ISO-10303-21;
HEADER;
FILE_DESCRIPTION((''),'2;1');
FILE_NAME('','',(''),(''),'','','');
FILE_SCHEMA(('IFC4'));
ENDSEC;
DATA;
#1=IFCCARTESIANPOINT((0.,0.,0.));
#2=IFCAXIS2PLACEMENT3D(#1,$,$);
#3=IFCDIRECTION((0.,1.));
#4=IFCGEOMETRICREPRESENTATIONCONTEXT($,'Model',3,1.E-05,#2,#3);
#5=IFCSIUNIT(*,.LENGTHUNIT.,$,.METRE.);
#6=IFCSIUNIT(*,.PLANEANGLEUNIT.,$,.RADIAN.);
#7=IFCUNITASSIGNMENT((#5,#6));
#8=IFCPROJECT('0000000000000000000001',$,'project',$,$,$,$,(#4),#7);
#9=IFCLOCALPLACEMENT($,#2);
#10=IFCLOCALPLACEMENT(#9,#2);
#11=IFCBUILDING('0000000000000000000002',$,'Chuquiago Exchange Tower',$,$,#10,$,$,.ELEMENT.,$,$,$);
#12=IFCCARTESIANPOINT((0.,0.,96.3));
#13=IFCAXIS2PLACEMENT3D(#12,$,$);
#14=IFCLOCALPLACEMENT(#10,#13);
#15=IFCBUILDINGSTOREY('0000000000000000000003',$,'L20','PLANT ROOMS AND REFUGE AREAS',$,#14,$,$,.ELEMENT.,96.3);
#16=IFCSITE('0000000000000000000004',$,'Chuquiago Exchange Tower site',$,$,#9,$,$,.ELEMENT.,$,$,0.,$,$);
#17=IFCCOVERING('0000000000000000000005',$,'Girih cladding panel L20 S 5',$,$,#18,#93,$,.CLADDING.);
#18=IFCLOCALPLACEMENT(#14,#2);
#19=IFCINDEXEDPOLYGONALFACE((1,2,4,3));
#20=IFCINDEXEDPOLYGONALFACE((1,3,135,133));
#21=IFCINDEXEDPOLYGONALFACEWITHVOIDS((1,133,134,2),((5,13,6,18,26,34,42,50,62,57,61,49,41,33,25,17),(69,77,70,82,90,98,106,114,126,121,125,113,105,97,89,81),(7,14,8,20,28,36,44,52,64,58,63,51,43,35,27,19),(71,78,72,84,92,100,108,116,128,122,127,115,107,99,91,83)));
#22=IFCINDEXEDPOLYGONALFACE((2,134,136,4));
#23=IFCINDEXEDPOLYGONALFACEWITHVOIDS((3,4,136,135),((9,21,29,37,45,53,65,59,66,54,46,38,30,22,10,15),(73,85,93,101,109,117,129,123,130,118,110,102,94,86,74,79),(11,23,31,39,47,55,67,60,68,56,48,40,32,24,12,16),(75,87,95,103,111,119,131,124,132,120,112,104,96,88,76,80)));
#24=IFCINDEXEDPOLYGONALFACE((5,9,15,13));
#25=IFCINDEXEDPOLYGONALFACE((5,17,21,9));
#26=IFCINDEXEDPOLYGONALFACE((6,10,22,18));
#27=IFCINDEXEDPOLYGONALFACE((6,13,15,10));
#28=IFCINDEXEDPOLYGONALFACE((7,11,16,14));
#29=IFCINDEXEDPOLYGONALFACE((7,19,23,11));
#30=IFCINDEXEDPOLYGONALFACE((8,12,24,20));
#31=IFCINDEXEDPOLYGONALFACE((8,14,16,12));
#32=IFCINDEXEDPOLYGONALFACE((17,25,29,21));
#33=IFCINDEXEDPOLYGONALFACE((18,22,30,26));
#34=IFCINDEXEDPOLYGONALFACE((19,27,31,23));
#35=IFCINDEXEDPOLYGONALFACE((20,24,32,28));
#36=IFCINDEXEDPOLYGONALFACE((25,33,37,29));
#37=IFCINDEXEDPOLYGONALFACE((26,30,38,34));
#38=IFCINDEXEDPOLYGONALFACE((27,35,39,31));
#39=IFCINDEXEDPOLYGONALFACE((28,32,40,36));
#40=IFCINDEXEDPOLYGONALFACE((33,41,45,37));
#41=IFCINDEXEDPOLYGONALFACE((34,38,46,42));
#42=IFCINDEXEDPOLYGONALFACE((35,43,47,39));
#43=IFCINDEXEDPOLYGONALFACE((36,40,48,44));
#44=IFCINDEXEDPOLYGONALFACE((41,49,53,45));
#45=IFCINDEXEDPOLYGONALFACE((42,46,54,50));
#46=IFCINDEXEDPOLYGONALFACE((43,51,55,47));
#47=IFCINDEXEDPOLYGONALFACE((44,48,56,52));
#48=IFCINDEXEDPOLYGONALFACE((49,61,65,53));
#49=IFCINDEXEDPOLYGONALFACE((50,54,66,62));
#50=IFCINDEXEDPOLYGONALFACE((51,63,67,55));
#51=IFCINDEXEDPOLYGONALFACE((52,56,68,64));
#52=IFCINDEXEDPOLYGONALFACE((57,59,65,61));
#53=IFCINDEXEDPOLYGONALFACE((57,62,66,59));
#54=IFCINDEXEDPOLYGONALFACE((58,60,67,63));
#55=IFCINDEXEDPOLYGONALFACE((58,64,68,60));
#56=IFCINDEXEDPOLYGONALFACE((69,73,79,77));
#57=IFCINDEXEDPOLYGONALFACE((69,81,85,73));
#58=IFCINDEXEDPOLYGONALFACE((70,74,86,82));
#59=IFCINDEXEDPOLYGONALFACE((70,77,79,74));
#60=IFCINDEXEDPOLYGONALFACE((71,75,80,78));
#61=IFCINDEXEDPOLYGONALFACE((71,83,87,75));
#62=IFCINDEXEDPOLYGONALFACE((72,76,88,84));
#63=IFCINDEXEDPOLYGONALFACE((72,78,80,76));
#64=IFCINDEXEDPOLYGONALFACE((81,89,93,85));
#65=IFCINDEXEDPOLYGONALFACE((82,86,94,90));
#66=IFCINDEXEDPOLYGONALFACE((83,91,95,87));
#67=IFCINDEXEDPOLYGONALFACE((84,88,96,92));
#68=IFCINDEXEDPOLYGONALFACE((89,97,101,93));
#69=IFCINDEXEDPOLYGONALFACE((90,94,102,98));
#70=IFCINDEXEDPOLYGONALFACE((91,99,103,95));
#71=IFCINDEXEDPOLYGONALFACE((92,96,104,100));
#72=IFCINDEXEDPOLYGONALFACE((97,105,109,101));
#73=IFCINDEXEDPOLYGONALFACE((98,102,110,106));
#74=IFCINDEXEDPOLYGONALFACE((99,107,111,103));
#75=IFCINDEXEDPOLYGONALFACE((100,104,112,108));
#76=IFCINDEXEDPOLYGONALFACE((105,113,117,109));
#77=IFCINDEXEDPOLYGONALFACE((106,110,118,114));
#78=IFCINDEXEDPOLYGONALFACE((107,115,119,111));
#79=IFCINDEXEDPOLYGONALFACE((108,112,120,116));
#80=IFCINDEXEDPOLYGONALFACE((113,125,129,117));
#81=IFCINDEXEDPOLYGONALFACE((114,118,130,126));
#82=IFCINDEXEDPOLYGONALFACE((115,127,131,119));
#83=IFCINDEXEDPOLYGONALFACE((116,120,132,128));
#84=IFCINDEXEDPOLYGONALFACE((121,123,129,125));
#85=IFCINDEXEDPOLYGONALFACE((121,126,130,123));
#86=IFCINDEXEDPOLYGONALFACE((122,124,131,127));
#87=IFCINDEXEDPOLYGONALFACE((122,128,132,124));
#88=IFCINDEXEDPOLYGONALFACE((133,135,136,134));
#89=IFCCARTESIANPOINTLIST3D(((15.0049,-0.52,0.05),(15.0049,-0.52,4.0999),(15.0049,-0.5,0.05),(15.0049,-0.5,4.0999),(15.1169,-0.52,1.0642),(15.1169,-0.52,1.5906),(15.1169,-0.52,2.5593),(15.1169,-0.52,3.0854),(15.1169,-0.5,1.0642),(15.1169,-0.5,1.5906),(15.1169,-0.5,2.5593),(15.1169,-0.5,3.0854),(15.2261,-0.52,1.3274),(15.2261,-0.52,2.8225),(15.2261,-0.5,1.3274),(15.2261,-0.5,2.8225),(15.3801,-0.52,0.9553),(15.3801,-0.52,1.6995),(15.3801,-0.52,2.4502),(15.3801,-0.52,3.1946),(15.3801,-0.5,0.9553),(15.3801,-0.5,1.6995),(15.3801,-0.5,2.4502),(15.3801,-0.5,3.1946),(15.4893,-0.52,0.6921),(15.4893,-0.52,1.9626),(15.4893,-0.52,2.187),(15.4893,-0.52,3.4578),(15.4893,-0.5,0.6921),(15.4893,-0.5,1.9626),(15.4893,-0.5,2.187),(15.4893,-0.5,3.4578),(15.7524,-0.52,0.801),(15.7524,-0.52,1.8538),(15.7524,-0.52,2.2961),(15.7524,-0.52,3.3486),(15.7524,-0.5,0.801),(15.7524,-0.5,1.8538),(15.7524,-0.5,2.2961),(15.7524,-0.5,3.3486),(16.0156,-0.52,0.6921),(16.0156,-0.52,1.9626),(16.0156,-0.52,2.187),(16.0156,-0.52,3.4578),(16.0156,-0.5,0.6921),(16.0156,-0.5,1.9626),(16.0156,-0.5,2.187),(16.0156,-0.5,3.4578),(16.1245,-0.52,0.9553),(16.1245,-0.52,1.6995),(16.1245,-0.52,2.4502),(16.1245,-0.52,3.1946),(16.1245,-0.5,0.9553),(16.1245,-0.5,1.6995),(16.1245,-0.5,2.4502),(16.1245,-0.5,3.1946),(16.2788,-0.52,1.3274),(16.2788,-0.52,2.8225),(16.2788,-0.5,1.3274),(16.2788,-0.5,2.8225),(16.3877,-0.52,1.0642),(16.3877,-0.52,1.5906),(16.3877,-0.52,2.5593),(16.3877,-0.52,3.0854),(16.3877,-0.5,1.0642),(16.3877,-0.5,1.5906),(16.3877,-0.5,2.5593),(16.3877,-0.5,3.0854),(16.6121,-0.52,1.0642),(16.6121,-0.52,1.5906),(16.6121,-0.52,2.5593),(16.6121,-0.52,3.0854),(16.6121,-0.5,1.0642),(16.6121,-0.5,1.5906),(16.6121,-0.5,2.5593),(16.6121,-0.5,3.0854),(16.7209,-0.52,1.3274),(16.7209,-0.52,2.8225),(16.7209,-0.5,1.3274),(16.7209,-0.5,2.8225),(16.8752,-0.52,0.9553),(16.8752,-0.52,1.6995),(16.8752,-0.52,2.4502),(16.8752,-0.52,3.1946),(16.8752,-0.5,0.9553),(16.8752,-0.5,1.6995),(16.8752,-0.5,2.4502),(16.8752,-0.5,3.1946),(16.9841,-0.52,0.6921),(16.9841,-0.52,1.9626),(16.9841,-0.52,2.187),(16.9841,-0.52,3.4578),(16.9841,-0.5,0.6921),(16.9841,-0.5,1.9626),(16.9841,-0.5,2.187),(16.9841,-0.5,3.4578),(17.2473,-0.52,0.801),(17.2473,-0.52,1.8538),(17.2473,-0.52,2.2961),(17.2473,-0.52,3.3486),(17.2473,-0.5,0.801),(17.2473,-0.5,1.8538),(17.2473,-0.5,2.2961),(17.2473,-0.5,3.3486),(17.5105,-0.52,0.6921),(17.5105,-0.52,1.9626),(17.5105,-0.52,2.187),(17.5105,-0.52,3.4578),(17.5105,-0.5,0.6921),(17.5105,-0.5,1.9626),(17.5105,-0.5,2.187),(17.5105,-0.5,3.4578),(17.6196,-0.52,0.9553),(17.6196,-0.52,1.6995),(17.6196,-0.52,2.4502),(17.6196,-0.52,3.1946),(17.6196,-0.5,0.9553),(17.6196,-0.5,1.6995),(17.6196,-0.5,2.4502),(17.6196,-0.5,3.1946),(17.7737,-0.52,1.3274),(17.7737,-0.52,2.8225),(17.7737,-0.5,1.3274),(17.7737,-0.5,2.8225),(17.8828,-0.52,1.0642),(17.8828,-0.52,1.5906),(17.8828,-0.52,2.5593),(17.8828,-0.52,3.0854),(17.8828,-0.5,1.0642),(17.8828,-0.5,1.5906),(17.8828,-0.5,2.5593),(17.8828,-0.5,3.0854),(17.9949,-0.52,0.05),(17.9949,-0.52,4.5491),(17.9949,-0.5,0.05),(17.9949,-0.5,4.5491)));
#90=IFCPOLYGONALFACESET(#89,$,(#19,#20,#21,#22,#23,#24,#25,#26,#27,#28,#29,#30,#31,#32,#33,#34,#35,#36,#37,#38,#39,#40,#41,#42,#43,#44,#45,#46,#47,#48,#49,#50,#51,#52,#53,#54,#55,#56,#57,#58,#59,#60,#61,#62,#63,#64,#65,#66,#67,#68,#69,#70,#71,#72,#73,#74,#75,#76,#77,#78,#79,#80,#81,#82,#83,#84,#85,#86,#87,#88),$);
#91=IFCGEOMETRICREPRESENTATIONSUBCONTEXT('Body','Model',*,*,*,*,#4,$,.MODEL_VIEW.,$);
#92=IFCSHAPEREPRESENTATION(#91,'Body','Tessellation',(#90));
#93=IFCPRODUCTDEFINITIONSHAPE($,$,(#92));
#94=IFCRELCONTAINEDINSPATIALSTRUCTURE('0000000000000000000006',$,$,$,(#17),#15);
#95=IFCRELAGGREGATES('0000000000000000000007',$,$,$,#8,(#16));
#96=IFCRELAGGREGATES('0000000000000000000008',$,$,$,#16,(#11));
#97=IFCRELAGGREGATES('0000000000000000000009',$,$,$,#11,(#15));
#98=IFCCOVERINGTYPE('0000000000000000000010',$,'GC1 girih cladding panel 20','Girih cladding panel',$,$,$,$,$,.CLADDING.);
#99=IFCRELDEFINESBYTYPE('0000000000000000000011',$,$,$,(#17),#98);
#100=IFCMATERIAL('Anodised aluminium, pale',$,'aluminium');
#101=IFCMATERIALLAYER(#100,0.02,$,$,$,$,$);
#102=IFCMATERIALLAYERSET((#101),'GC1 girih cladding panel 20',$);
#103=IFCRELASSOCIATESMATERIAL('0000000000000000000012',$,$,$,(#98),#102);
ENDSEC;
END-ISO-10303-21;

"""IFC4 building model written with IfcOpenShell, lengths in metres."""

from ifc_helpers import new_model, si_unit, direction, frame, origin, place, context, subcontext, project, spatial, polyline, outline, extrude, material, layer, layer_set, type_object, element, save


model = new_model("IFC4")

# Units and contexts
model_context = context("Model", 3, precision=1e-05, world=origin(), true_north=direction((0.0, 1.0)))
body_context = subcontext(model_context, "Body", "Model", "MODEL_VIEW")
ifc_project = project(units=[si_unit("LENGTHUNIT", "METRE"), si_unit("PLANEANGLEUNIT", "RADIAN")], contexts=[model_context])

# Site, building, storey
site_placement = place(None, origin())
site = spatial("IfcSite", under=ifc_project, at=site_placement, Name="Chuquiago Exchange Tower site", CompositionType="ELEMENT", RefElevation=0.0)
building_placement = place(site_placement, origin())
building = spatial("IfcBuilding", under=site, at=building_placement, Name="Chuquiago Exchange Tower", CompositionType="ELEMENT")
storey_placement = place(building_placement, frame((0.0, 0.0, 96.3)))
storey = spatial("IfcBuildingStorey", under=building, at=storey_placement, Name="L20", Description="PLANT ROOMS AND REFUGE AREAS", CompositionType="ELEMENT", Elevation=96.3)

# Covering
ifc_material_1 = material(Name="Anodised aluminium, pale", Category="aluminium")
ifc_layer_1 = layer(ifc_material_1, 0.02)
ifc_layer_set_1 = layer_set([ifc_layer_1], Name="GC1 girih cladding panel 20")
covering_type = type_object("IfcCoveringType", Name="GC1 girih cladding panel 20", Description="Girih cladding panel", PredefinedType="CLADDING", material=ifc_layer_set_1)
covering_1_placement = place(storey_placement, frame((15.0049, -0.5, 0.05), z_axis=(0.0, 0.0, 1.0), x_axis=(1.0, 0.0, 0.0)))
element("IfcCovering", 1, at=covering_1_placement, inside=storey, type_object=covering_type, Name="Girih cladding panel L20 S 5", PredefinedType="CLADDING", context=body_context, shape_type="SweptSolid", body=[
    extrude(outline(polyline([(0.0, 0.0), (2.99, 0.0), (2.99, 4.499), (0.0, 4.0498), (0.0, 0.0)]), holes=[polyline([(1.2739, 1.2773), (1.3828, 1.5405), (1.1196, 1.6494), (1.0107, 1.9126), (0.7476, 1.8037), (0.4844, 1.9126), (0.3752, 1.6494), (0.1121, 1.5405), (0.2212, 1.2773), (0.1121, 1.0142), (0.3752, 0.9053), (0.4844, 0.6421), (0.7476, 0.751), (1.0107, 0.6421), (1.1196, 0.9053), (1.3828, 1.0142), (1.2739, 1.2773)]), polyline([(2.7688, 1.2773), (2.8779, 1.5405), (2.6147, 1.6494), (2.5056, 1.9126), (2.2424, 1.8037), (1.9792, 1.9126), (1.8704, 1.6494), (1.6072, 1.5405), (1.7161, 1.2773), (1.6072, 1.0142), (1.8704, 0.9053), (1.9792, 0.6421), (2.2424, 0.751), (2.5056, 0.6421), (2.6147, 0.9053), (2.8779, 1.0142), (2.7688, 1.2773)]), polyline([(1.2739, 2.7725), (1.3828, 3.0354), (1.1196, 3.1445), (1.0107, 3.4077), (0.7476, 3.2986), (0.4844, 3.4077), (0.3752, 3.1445), (0.1121, 3.0354), (0.2212, 2.7725), (0.1121, 2.5093), (0.3752, 2.4001), (0.4844, 2.137), (0.7476, 2.2461), (1.0107, 2.137), (1.1196, 2.4001), (1.3828, 2.5093), (1.2739, 2.7725)]), polyline([(2.7688, 2.7725), (2.8779, 3.0354), (2.6147, 3.1445), (2.5056, 3.4077), (2.2424, 3.2986), (1.9792, 3.4077), (1.8704, 3.1445), (1.6072, 3.0354), (1.7161, 2.7725), (1.6072, 2.5093), (1.8704, 2.4001), (1.9792, 2.137), (2.2424, 2.2461), (2.5056, 2.137), (2.6147, 2.4001), (2.8779, 2.5093), (2.7688, 2.7725)])]), frame((0.0, 0.0, 0.0), z_axis=(0.0, -1.0, 0.0), x_axis=(1.0, 0.0, 0.0)), (0.0, 0.0, 1.0), 0.02),
])

save(model, "model.ifc")
